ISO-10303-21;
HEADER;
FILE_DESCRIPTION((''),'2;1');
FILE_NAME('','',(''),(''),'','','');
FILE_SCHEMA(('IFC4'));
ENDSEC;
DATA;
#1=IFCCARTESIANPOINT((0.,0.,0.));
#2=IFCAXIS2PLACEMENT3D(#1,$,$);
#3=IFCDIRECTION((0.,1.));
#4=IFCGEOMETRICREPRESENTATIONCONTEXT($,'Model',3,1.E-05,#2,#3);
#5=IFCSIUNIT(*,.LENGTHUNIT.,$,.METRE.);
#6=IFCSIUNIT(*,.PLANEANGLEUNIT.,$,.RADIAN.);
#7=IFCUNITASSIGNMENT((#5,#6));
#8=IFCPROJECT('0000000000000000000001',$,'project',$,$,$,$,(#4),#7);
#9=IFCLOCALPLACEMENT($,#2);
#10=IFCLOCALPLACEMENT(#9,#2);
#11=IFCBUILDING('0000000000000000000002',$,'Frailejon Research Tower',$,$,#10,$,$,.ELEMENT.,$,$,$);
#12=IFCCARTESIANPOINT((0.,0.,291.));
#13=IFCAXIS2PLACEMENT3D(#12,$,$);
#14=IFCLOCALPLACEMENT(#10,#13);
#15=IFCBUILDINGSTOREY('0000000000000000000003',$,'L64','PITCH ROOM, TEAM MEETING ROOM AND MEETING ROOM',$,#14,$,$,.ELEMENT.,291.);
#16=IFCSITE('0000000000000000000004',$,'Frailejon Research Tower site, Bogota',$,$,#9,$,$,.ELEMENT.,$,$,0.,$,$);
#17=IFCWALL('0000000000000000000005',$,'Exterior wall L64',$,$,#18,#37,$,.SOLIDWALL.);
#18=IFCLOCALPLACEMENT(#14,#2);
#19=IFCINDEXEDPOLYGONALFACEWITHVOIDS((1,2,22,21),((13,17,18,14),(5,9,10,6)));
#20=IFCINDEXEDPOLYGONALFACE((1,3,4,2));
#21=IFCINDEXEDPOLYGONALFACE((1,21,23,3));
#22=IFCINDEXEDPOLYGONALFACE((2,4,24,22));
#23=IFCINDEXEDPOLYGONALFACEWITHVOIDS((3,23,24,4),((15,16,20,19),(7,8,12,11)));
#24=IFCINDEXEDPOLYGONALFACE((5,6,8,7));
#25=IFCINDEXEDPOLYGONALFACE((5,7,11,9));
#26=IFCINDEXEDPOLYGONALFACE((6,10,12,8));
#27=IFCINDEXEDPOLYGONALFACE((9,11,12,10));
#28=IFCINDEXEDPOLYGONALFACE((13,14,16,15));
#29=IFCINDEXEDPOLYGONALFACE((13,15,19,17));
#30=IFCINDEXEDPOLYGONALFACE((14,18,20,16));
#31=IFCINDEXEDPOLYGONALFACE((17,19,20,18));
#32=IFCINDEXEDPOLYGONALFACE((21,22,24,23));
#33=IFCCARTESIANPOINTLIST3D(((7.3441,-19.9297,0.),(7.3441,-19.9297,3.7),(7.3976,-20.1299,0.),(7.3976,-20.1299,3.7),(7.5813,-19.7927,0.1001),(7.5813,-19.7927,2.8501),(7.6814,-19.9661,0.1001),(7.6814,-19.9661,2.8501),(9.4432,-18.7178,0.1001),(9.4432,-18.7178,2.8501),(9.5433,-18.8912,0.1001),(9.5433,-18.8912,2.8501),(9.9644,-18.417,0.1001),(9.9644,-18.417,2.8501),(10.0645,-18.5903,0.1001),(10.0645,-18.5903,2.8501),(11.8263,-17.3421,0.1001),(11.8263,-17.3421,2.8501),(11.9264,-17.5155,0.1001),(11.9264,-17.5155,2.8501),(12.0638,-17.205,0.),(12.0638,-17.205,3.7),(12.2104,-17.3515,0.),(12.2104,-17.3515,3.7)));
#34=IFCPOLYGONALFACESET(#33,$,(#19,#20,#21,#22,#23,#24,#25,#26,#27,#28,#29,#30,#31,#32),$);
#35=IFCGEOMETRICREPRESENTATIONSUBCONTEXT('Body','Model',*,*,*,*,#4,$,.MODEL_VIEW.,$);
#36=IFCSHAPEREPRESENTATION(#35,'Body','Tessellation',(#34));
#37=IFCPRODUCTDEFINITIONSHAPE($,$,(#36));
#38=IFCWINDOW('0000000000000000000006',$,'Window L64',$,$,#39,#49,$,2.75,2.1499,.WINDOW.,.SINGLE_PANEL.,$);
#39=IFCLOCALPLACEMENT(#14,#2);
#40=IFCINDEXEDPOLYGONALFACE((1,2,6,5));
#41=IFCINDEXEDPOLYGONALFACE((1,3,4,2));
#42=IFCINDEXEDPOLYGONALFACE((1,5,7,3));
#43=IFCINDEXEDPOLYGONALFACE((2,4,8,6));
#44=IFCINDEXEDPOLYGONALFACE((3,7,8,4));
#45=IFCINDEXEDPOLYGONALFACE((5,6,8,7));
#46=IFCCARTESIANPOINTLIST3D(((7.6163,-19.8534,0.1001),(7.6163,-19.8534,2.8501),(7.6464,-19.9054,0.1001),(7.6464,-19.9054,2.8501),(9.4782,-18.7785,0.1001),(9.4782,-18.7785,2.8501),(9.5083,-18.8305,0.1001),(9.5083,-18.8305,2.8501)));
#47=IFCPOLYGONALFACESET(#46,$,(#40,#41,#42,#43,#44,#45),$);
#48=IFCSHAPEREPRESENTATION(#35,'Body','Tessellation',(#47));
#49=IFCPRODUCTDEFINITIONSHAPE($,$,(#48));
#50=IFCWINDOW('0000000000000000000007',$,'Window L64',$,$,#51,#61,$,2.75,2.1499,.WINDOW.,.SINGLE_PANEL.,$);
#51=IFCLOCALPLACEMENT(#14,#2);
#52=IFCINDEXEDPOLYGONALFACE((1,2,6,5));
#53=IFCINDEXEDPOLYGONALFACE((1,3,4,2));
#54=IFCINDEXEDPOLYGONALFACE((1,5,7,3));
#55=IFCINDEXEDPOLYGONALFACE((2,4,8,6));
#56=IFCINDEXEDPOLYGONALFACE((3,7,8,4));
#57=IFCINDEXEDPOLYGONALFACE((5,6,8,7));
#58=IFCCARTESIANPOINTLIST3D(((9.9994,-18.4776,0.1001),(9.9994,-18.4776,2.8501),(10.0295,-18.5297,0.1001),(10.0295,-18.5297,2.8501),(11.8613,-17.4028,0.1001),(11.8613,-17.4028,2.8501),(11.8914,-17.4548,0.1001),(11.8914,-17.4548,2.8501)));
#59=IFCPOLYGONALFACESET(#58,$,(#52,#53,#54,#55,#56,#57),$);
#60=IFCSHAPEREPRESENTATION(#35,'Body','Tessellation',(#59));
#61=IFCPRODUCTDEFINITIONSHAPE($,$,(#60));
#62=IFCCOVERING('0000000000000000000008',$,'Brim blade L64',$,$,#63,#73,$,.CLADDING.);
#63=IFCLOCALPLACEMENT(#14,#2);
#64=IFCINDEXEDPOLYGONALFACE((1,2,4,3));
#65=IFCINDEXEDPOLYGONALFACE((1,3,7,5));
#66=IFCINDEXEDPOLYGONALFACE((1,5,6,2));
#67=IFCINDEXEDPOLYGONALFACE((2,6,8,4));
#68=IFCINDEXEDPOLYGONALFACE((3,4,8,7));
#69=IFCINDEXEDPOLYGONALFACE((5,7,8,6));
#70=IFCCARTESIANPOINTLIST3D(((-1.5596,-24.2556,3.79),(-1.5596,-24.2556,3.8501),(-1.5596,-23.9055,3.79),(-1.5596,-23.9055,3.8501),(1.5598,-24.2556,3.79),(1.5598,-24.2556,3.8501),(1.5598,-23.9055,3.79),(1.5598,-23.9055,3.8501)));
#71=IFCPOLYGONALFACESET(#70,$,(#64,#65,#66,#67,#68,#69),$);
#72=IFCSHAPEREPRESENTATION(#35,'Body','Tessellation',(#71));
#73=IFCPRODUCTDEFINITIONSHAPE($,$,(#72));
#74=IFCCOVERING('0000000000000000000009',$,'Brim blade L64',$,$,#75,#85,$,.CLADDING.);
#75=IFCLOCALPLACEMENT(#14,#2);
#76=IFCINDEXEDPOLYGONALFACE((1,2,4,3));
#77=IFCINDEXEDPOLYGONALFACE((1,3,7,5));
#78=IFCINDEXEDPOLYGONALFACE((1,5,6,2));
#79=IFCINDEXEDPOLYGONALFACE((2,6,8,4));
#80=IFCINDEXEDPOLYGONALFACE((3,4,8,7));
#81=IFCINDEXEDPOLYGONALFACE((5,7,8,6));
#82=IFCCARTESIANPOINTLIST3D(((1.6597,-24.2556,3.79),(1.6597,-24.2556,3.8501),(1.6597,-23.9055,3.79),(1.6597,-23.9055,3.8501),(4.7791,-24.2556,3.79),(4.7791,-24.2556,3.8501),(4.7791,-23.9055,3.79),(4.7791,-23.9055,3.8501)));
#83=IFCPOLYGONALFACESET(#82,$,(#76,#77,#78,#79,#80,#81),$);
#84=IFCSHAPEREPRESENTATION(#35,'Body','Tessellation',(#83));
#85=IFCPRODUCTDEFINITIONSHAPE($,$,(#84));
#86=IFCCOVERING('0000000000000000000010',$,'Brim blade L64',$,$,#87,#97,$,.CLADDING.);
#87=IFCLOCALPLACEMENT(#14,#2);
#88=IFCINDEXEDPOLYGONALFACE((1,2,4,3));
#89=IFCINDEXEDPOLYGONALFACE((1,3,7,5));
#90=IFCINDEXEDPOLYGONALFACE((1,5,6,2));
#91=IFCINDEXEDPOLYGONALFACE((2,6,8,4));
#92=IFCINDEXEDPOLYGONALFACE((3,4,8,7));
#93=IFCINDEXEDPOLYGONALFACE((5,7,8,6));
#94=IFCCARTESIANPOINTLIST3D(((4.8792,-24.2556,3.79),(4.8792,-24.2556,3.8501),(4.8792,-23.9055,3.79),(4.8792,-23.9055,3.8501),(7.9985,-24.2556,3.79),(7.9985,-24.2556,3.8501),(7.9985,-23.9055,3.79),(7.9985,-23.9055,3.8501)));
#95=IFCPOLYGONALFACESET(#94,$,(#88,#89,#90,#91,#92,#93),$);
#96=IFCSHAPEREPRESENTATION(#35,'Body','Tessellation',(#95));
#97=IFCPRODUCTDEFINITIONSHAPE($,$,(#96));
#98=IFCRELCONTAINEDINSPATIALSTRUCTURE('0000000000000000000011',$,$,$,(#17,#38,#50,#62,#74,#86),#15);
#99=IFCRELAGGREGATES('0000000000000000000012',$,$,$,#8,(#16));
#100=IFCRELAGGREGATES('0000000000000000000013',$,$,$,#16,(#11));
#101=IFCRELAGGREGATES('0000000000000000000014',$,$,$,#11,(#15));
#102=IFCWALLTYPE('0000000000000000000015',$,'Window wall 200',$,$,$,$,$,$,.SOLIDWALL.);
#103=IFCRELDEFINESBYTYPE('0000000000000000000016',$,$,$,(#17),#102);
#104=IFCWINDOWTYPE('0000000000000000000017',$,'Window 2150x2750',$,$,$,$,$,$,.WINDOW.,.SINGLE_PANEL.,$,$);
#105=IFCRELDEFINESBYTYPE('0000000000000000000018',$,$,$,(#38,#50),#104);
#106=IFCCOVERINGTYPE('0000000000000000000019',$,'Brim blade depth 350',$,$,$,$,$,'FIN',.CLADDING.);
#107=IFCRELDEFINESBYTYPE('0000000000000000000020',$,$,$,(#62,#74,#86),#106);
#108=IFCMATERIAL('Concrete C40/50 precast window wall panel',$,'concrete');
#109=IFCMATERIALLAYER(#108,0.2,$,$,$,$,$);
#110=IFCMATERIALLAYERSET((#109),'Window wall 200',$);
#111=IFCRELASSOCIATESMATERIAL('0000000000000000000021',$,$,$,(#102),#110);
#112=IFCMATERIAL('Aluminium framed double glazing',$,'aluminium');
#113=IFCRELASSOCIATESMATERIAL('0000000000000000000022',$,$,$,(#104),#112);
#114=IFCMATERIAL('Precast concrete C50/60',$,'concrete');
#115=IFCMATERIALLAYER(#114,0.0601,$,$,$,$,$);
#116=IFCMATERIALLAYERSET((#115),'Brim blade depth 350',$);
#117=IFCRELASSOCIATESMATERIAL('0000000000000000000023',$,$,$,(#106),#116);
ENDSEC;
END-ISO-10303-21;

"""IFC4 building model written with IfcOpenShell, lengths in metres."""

from ifc_helpers import new_model, si_unit, direction, frame, frame_2d, origin, place, context, subcontext, project, spatial, polyline, rectangle, outline, extrude, material, layer, layer_set, type_object, element, fill, save


model = new_model("IFC4")

# Units and contexts
model_context = context("Model", 3, precision=1e-05, world=origin(), true_north=direction((0.0, 1.0)))
body_context = subcontext(model_context, "Body", "Model", "MODEL_VIEW")
ifc_project = project(units=[si_unit("LENGTHUNIT", "METRE"), si_unit("PLANEANGLEUNIT", "RADIAN")], contexts=[model_context])

# Site, building, storey
site_placement = place(None, origin())
site = spatial("IfcSite", under=ifc_project, at=site_placement, Name="Frailejon Research Tower site, Bogota", CompositionType="ELEMENT", RefElevation=0.0)
building_placement = place(site_placement, origin())
building = spatial("IfcBuilding", under=site, at=building_placement, Name="Frailejon Research Tower", CompositionType="ELEMENT")
storey_placement = place(building_placement, frame((0.0, 0.0, 291.0)))
storey = spatial("IfcBuildingStorey", under=building, at=storey_placement, Name="L64", Description="PITCH ROOM, TEAM MEETING ROOM AND MEETING ROOM", CompositionType="ELEMENT", Elevation=291.0)

# Wall, openings, windows
ifc_material_1 = material(Name="Concrete C40/50 precast window wall panel", Category="concrete")
ifc_layer_1 = layer(ifc_material_1, 0.2)
ifc_layer_set_1 = layer_set([ifc_layer_1], Name="Window wall 200")
wall_type_1 = type_object("IfcWallType", Name="Window wall 200", PredefinedType="SOLIDWALL", material=ifc_layer_set_1)
wall_1_placement = place(storey_placement, frame((7.3708, -20.0298, 0.0), z_axis=(0.0, 0.0, 1.0), x_axis=(0.866045, 0.499966, 0.0)))
wall_1 = element("IfcWall", 1, at=wall_1_placement, inside=storey, type_object=wall_type_1, Name="Exterior wall L64", PredefinedType="SOLIDWALL", context=body_context, shape_type="SweptSolid", body=[
    extrude(outline(polyline([(-0.0269, -0.1001), (1.0845, -0.1001), (2.196, -0.1001), (3.3074, -0.1001), (4.4189, -0.1001), (5.5303, -0.1001), (5.4766, 0.1001), (4.3867, 0.1001), (3.2966, 0.1001), (2.2068, 0.1001), (1.1167, 0.1001), (0.0269, 0.1001), (-0.0269, -0.1001)])), origin(), (0.0, 0.0, 1.0), 3.7),
])
opening_1_placement = place(wall_1_placement, frame((0.3008, 0.0, 0.1001)))
opening_1 = element("IfcOpeningElement", 2, at=opening_1_placement, cuts=wall_1, PredefinedType="OPENING", context=body_context, shape_type="SweptSolid", body=[
    extrude(rectangle(XDim=2.1499, YDim=2.75, at=frame_2d((1.075, 1.375))), frame((0.0, 0.1099, 0.0), z_axis=(0.0, -1.0, 0.0), x_axis=(1.0, 0.0, 0.0)), (0.0, 0.0, 1.0), 0.22),
])
opening_2_placement = place(wall_1_placement, frame((3.0525, 0.0, 0.1001)))
opening_2 = element("IfcOpeningElement", 3, at=opening_2_placement, cuts=wall_1, PredefinedType="OPENING", context=body_context, shape_type="SweptSolid", body=[
    extrude(rectangle(XDim=2.1499, YDim=2.75, at=frame_2d((1.075, 1.375))), frame((0.0, 0.1099, 0.0), z_axis=(0.0, -1.0, 0.0), x_axis=(1.0, 0.0, 0.0)), (0.0, 0.0, 1.0), 0.22),
])
ifc_material_2 = material(Name="Aluminium framed double glazing", Category="aluminium")
window_type = type_object("IfcWindowType", Name="Window 2150x2750", PartitioningType="SINGLE_PANEL", PredefinedType="WINDOW", material=ifc_material_2)
window_1_placement = place(opening_1_placement, origin())
window_1 = element("IfcWindow", 4, at=window_1_placement, inside=storey, type_object=window_type, Name="Window L64", OverallHeight=2.75, OverallWidth=2.1499, PartitioningType="SINGLE_PANEL", PredefinedType="WINDOW", context=body_context, shape_type="SweptSolid", body=[
    extrude(rectangle(XDim=2.1499, YDim=2.75, at=frame_2d((1.075, 1.375))), frame((0.0, 0.03, 0.0), z_axis=(0.0, -1.0, 0.0), x_axis=(1.0, 0.0, 0.0)), (0.0, 0.0, 1.0), 0.0601),
])
fill(opening_1, window_1)
window_2_placement = place(opening_2_placement, origin())
window_2 = element("IfcWindow", 5, at=window_2_placement, inside=storey, type_object=window_type, Name="Window L64", OverallHeight=2.75, OverallWidth=2.1499, PartitioningType="SINGLE_PANEL", PredefinedType="WINDOW", context=body_context, shape_type="SweptSolid", body=[
    extrude(rectangle(XDim=2.1499, YDim=2.75, at=frame_2d((1.075, 1.375))), frame((0.0, 0.03, 0.0), z_axis=(0.0, -1.0, 0.0), x_axis=(1.0, 0.0, 0.0)), (0.0, 0.0, 1.0), 0.0601),
])
fill(opening_2, window_2)

# Coverings
ifc_material_3 = material(Name="Precast concrete C50/60", Category="concrete")
ifc_layer_2 = layer(ifc_material_3, 0.0601)
ifc_layer_set_2 = layer_set([ifc_layer_2], Name="Brim blade depth 350")
covering_type = type_object("IfcCoveringType", Name="Brim blade depth 350", ElementType="FIN", PredefinedType="CLADDING", material=ifc_layer_set_2)
for number, where, z_axis, x_axis, name in (
    (6, (1.5598, -23.9055, 3.8501), (-1.0, 0.0, 0.0), (0.0, -1.0, 0.0), "Brim blade L64"),
    (7, (4.7791, -23.9055, 3.8501), (-1.0, 0.0, 0.0), (0.0, -1.0, 0.0), "Brim blade L64"),
    (8, (7.9985, -23.9055, 3.8501), (-1.0, 0.0, 0.0), (0.0, -1.0, 0.0), "Brim blade L64"),
):
    element("IfcCovering", number, at=place(storey_placement, frame(where, z_axis=z_axis, x_axis=x_axis)), inside=storey, type_object=covering_type, Name=name, PredefinedType="CLADDING", context=body_context, shape_type="SweptSolid", body=[
        extrude(outline(polyline([(0.0, -0.0601), (0.3501, -0.0601), (0.3501, 0.0), (0.0, 0.0), (0.0, -0.0601)])), origin(), (0.0, 0.0, 1.0), 3.1194),
    ])

save(model, "model.ifc")
